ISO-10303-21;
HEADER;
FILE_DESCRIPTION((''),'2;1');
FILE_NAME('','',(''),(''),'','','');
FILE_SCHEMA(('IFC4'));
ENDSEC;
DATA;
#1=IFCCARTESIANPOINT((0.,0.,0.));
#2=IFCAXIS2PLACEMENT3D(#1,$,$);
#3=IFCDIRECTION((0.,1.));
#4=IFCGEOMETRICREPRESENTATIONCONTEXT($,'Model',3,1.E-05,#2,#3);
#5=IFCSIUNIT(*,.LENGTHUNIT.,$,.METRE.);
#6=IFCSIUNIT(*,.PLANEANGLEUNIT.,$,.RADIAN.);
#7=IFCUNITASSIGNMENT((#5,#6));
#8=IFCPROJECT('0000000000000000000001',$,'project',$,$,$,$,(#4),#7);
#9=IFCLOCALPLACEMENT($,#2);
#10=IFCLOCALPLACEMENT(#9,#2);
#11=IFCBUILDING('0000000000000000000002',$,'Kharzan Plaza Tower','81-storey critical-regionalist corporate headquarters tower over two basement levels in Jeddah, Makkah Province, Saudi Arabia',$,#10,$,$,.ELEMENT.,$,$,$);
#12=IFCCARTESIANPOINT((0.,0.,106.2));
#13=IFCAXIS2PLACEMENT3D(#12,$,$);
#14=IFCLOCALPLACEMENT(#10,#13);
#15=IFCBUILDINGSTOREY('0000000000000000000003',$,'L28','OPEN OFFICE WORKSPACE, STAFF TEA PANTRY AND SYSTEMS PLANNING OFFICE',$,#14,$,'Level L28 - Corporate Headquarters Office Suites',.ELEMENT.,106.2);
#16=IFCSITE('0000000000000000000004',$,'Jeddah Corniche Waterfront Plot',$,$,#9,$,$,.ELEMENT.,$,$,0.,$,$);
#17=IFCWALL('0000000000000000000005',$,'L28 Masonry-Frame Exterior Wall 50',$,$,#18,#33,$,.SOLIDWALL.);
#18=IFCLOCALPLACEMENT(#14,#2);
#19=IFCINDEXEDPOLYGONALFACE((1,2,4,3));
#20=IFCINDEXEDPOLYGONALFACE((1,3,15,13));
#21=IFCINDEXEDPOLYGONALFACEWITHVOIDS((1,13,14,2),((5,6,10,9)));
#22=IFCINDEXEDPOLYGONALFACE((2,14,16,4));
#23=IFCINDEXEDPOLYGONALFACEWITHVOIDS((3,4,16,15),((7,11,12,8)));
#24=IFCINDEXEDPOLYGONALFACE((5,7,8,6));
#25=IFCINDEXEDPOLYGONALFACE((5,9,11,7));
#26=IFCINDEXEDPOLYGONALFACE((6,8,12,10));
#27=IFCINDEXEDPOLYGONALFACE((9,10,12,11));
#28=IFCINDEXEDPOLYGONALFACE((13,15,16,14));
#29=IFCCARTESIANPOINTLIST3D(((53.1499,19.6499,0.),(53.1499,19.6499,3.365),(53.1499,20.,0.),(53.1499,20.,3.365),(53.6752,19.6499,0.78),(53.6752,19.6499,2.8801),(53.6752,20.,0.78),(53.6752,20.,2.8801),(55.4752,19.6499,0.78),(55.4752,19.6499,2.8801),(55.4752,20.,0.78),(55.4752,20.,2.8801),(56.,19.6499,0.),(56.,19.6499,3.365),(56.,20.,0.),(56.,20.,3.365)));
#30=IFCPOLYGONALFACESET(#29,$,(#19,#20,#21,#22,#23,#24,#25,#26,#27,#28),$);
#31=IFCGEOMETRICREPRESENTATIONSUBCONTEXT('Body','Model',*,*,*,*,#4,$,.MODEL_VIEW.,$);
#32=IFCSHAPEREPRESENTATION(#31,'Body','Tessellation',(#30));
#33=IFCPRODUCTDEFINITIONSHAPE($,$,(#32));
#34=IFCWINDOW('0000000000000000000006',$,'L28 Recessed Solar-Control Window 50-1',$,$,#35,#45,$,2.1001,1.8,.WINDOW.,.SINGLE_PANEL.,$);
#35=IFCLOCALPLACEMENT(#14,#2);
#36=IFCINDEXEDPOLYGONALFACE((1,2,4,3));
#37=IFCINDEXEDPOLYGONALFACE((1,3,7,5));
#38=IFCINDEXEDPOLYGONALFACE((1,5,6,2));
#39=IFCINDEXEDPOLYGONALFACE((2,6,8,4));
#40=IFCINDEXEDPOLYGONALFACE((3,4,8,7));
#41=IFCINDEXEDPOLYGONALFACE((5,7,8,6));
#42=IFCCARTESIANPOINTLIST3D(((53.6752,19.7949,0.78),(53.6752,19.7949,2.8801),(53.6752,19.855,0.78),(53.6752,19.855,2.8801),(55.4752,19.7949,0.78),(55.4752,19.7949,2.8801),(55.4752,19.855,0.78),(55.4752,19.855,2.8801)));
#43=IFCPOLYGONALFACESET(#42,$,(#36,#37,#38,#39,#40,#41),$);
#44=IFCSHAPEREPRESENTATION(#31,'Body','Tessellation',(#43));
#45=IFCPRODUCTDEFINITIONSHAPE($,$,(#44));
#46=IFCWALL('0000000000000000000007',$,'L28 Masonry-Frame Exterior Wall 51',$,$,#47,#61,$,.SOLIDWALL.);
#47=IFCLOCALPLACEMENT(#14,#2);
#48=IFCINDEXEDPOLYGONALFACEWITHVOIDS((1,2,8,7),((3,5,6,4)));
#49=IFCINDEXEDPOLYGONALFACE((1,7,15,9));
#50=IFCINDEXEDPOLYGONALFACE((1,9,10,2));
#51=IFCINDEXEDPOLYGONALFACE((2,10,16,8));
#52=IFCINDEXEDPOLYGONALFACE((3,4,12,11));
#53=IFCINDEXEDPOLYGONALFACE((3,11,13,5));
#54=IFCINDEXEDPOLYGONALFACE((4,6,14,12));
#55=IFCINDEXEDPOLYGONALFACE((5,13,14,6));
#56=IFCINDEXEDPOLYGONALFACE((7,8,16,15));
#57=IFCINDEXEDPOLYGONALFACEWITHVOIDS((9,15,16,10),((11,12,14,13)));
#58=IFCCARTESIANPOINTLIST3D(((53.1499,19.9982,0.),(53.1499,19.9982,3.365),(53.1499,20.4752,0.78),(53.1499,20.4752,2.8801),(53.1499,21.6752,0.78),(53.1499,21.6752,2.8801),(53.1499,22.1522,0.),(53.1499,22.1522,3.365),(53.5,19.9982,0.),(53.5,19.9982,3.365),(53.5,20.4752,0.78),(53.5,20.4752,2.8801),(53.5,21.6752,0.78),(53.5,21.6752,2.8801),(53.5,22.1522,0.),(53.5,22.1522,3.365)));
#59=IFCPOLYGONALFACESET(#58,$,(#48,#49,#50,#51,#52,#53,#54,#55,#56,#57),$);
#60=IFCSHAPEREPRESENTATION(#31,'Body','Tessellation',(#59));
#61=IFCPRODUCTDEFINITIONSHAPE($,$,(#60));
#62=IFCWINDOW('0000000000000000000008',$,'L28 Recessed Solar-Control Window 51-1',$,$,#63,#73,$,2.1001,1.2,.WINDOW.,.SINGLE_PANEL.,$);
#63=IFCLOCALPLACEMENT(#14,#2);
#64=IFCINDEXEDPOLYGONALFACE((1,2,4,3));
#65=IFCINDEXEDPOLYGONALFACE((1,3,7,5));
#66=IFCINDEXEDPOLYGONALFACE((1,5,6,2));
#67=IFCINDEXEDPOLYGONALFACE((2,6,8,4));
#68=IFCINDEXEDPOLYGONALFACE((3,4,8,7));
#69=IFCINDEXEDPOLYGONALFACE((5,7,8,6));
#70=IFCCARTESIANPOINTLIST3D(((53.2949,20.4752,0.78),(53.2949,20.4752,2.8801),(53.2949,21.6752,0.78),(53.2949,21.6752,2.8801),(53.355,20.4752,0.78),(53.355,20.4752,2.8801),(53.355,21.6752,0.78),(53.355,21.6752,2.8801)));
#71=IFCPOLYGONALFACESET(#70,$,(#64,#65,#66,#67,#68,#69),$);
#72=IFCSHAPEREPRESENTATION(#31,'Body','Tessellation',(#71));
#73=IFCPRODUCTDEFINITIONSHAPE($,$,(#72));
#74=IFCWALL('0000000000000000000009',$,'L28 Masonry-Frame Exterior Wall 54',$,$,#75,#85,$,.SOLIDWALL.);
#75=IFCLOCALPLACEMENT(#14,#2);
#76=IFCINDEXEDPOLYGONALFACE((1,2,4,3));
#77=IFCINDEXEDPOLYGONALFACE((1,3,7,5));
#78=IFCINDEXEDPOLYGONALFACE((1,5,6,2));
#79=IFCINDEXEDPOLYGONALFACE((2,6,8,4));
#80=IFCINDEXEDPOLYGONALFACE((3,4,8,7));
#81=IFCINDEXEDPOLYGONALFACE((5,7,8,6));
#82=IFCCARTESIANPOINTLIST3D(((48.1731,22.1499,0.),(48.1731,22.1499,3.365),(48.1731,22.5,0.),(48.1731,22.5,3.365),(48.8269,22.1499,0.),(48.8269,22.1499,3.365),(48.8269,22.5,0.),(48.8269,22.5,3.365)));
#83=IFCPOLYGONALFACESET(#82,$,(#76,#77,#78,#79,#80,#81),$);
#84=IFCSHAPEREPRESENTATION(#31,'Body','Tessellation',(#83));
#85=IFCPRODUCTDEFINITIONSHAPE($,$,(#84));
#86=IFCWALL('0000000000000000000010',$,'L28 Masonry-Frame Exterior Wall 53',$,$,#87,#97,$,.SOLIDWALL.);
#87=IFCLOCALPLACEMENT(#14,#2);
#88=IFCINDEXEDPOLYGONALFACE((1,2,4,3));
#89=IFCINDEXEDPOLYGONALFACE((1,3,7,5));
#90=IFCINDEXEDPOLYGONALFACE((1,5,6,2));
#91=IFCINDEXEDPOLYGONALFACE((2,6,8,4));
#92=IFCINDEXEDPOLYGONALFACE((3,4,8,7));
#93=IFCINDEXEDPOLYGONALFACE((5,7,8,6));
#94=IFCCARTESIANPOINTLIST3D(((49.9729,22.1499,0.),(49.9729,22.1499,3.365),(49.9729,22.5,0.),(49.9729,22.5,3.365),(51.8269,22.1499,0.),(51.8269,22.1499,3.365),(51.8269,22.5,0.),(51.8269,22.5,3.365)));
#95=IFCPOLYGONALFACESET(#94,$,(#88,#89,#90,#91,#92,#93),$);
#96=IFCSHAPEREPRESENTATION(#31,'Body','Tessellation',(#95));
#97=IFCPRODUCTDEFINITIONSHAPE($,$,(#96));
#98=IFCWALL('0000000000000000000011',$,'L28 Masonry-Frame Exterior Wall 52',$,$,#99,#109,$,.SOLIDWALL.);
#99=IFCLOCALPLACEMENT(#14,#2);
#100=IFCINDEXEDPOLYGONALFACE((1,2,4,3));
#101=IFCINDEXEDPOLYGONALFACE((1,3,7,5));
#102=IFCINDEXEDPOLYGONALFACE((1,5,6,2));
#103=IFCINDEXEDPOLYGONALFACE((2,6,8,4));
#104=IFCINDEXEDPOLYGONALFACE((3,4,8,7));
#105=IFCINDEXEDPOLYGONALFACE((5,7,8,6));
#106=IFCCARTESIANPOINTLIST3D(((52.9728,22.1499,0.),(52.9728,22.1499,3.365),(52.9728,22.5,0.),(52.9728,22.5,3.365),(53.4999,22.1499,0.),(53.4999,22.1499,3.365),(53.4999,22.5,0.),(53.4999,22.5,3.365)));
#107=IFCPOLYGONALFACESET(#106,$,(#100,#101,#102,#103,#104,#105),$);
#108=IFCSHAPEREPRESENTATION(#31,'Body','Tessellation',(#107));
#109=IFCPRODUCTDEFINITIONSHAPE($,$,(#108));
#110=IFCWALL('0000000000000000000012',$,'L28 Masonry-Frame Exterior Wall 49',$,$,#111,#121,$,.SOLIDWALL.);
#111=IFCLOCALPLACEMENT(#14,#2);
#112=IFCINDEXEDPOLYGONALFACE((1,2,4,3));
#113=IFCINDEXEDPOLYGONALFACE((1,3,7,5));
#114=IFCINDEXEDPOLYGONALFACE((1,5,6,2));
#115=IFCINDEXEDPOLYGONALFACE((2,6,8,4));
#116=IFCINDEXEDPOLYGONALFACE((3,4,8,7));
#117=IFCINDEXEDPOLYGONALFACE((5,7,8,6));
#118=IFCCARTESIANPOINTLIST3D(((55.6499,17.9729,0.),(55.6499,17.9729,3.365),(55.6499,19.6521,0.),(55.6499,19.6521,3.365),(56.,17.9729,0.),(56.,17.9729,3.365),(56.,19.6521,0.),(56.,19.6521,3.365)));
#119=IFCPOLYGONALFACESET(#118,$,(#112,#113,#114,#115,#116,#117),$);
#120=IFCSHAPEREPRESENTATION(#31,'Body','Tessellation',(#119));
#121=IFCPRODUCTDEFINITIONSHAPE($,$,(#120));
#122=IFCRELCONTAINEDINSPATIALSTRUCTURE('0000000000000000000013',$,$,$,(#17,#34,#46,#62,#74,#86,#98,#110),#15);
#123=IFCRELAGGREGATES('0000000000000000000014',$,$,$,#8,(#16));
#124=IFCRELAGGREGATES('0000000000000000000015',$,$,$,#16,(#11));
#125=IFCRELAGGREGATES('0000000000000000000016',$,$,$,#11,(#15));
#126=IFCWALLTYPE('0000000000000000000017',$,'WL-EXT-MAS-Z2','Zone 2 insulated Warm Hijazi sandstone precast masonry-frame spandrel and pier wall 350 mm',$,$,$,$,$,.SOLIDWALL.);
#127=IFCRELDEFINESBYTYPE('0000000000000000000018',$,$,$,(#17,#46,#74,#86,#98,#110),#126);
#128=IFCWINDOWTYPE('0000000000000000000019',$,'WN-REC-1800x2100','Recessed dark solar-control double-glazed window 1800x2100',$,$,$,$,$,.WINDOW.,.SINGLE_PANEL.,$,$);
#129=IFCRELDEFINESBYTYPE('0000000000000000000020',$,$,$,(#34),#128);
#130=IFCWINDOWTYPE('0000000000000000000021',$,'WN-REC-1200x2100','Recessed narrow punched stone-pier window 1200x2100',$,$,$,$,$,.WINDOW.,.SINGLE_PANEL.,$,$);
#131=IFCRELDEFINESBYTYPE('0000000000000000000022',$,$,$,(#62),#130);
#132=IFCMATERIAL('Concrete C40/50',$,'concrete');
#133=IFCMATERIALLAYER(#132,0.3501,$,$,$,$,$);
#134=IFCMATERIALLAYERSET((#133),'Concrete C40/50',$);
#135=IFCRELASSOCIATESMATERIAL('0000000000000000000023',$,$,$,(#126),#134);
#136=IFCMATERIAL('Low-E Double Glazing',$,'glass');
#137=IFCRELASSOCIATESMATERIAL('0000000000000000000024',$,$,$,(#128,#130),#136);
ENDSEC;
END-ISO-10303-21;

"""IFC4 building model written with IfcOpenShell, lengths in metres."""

from ifc_helpers import new_model, si_unit, direction, frame, frame_2d, origin, place, context, subcontext, project, spatial, rectangle, extrude, source, transform, mapped, material, layer, layer_set, type_object, element, fill, save


model = new_model("IFC4")

# Units and contexts
model_context = context("Model", 3, precision=1e-05, world=origin(), true_north=direction((0.0, 1.0)))
body_context = subcontext(model_context, "Body", "Model", "MODEL_VIEW")
ifc_project = project(units=[si_unit("LENGTHUNIT", "METRE"), si_unit("PLANEANGLEUNIT", "RADIAN")], contexts=[model_context])

# Site, building, storey
site_placement = place(None, origin())
site = spatial("IfcSite", under=ifc_project, at=site_placement, Name="Jeddah Corniche Waterfront Plot", CompositionType="ELEMENT", RefElevation=0.0)
building_placement = place(site_placement, origin())
building = spatial("IfcBuilding", under=site, at=building_placement, Name="Kharzan Plaza Tower", Description="81-storey critical-regionalist corporate headquarters tower over two basement levels in Jeddah, Makkah Province, Saudi Arabia", CompositionType="ELEMENT")
storey_placement = place(building_placement, frame((0.0, 0.0, 106.2)))
storey = spatial("IfcBuildingStorey", under=building, at=storey_placement, Name="L28", Description="OPEN OFFICE WORKSPACE, STAFF TEA PANTRY AND SYSTEMS PLANNING OFFICE", LongName="Level L28 - Corporate Headquarters Office Suites", CompositionType="ELEMENT", Elevation=106.2)

# Walls, openings, windows
ifc_material_1 = material(Name="Concrete C40/50", Category="concrete")
ifc_layer = layer(ifc_material_1, 0.3501)
ifc_layer_set = layer_set([ifc_layer], Name="Concrete C40/50")
wall_type = type_object("IfcWallType", Name="WL-EXT-MAS-Z2", Description="Zone 2 insulated Warm Hijazi sandstone precast masonry-frame spandrel and pier wall 350 mm", PredefinedType="SOLIDWALL", material=ifc_layer_set)
ifc_material_2 = material(Name="Low-E Double Glazing", Category="glass")
window_type_1 = type_object("IfcWindowType", Name="WN-REC-1800x2100", Description="Recessed dark solar-control double-glazed window 1800x2100", PartitioningType="SINGLE_PANEL", PredefinedType="WINDOW", material=ifc_material_2)
shared_shape_1 = source(origin(), body_context, "Body", "SweptSolid", [
    extrude(rectangle(XDim=1.8, YDim=2.1001, at=frame_2d((0.8999, 1.05))), frame((0.0, 0.03, 0.0), z_axis=(0.0, -1.0, 0.0), x_axis=(1.0, 0.0, 0.0)), (0.0, 0.0, 1.0), 0.0601),
])
wall_1_placement = place(storey_placement, frame((56.0, 19.825, 0.0), z_axis=(0.0, 0.0, 1.0), x_axis=(-1.0, 0.0, 0.0)))
wall_1 = element("IfcWall", 1, at=wall_1_placement, inside=storey, type_object=wall_type, Name="L28 Masonry-Frame Exterior Wall 50", PredefinedType="SOLIDWALL", context=body_context, shape_type="SweptSolid", body=[
    extrude(rectangle(XDim=2.8501, YDim=0.3501, at=frame_2d((1.425, 0.0))), origin(), (0.0, 0.0, 1.0), 3.365),
])
opening_1_placement = place(wall_1_placement, frame((0.5249, 0.0, 0.78)))
opening_1 = element("IfcOpeningElement", 2, at=opening_1_placement, cuts=wall_1, PredefinedType="OPENING", context=body_context, shape_type="SweptSolid", body=[
    extrude(rectangle(XDim=1.8, YDim=2.1001, at=frame_2d((0.8999, 1.05))), frame((0.0, 0.1851, 0.0), z_axis=(0.0, -1.0, 0.0), x_axis=(1.0, 0.0, 0.0)), (0.0, 0.0, 1.0), 0.3701),
])
window_1_placement = place(opening_1_placement, origin())
window_1 = element("IfcWindow", 3, at=window_1_placement, inside=storey, type_object=window_type_1, Name="L28 Recessed Solar-Control Window 50-1", OverallHeight=2.1001, OverallWidth=1.8, PartitioningType="SINGLE_PANEL", PredefinedType="WINDOW", context=body_context, shape_type="MappedRepresentation", body=[
    mapped(shared_shape_1, transform((0.0, 0.0, 0.0), x_axis=(1.0, 0.0, 0.0), y_axis=(0.0, 1.0, 0.0), z_axis=(0.0, 0.0, 1.0))),
])
fill(opening_1, window_1)
wall_2_placement = place(storey_placement, frame((53.325, 19.998, 0.0), z_axis=(0.0, 0.0, 1.0), x_axis=(0.0, 1.0, 0.0)))
wall_2 = element("IfcWall", 4, at=wall_2_placement, inside=storey, type_object=wall_type, Name="L28 Masonry-Frame Exterior Wall 51", PredefinedType="SOLIDWALL", context=body_context, shape_type="SweptSolid", body=[
    extrude(rectangle(XDim=2.1541, YDim=0.3501, at=frame_2d((1.0771, 0.0))), origin(), (0.0, 0.0, 1.0), 3.365),
])
opening_2_placement = place(wall_2_placement, frame((0.4771, 0.0, 0.78)))
opening_2 = element("IfcOpeningElement", 5, at=opening_2_placement, cuts=wall_2, PredefinedType="OPENING", context=body_context, shape_type="SweptSolid", body=[
    extrude(rectangle(XDim=1.2, YDim=2.1001, at=frame_2d((0.6001, 1.05))), frame((0.0, 0.1851, 0.0), z_axis=(0.0, -1.0, 0.0), x_axis=(1.0, 0.0, 0.0)), (0.0, 0.0, 1.0), 0.3701),
])
window_type_2 = type_object("IfcWindowType", Name="WN-REC-1200x2100", Description="Recessed narrow punched stone-pier window 1200x2100", PartitioningType="SINGLE_PANEL", PredefinedType="WINDOW", material=ifc_material_2)
shared_shape_2 = source(origin(), body_context, "Body", "SweptSolid", [
    extrude(rectangle(XDim=1.2, YDim=2.1001, at=frame_2d((0.6001, 1.05))), frame((0.0, 0.03, 0.0), z_axis=(0.0, -1.0, 0.0), x_axis=(1.0, 0.0, 0.0)), (0.0, 0.0, 1.0), 0.0601),
])
window_2_placement = place(opening_2_placement, origin())
window_2 = element("IfcWindow", 6, at=window_2_placement, inside=storey, type_object=window_type_2, Name="L28 Recessed Solar-Control Window 51-1", OverallHeight=2.1001, OverallWidth=1.2, PartitioningType="SINGLE_PANEL", PredefinedType="WINDOW", context=body_context, shape_type="MappedRepresentation", body=[
    mapped(shared_shape_2, transform((0.0, 0.0, 0.0), x_axis=(1.0, 0.0, 0.0), y_axis=(0.0, 1.0, 0.0), z_axis=(0.0, 0.0, 1.0))),
])
fill(opening_2, window_2)

# Walls
shared_shape_3 = source(origin(), body_context, "Body", "SweptSolid", [
    extrude(rectangle(XDim=0.6538, YDim=0.3501, at=frame_2d((0.3269, 0.0))), origin(), (0.0, 0.0, 1.0), 3.365),
])
wall_3_placement = place(storey_placement, frame((48.8269, 22.325, 0.0), z_axis=(0.0, 0.0, 1.0), x_axis=(-1.0, 0.0, 0.0)))
element("IfcWall", 7, at=wall_3_placement, inside=storey, type_object=wall_type, Name="L28 Masonry-Frame Exterior Wall 54", PredefinedType="SOLIDWALL", context=body_context, shape_type="MappedRepresentation", body=[
    mapped(shared_shape_3, transform((0.0, 0.0, 0.0), x_axis=(1.0, 0.0, 0.0), y_axis=(0.0, 1.0, 0.0), z_axis=(0.0, 0.0, 1.0))),
])
shared_shape_4 = source(origin(), body_context, "Body", "SweptSolid", [
    extrude(rectangle(XDim=1.854, YDim=0.3501, at=frame_2d((0.927, 0.0))), origin(), (0.0, 0.0, 1.0), 3.365),
])
wall_4_placement = place(storey_placement, frame((51.8269, 22.325, 0.0), z_axis=(0.0, 0.0, 1.0), x_axis=(-1.0, 0.0, 0.0)))
element("IfcWall", 8, at=wall_4_placement, inside=storey, type_object=wall_type, Name="L28 Masonry-Frame Exterior Wall 53", PredefinedType="SOLIDWALL", context=body_context, shape_type="MappedRepresentation", body=[
    mapped(shared_shape_4, transform((0.0, 0.0, 0.0), x_axis=(1.0, 0.0, 0.0), y_axis=(0.0, 1.0, 0.0), z_axis=(0.0, 0.0, 1.0))),
])
shared_shape_5 = source(origin(), body_context, "Body", "SweptSolid", [
    extrude(rectangle(XDim=0.5271, YDim=0.3501, at=frame_2d((0.2637, 0.0))), origin(), (0.0, 0.0, 1.0), 3.365),
])
wall_5_placement = place(storey_placement, frame((53.5, 22.325, 0.0), z_axis=(0.0, 0.0, 1.0), x_axis=(-1.0, 0.0, 0.0)))
element("IfcWall", 9, at=wall_5_placement, inside=storey, type_object=wall_type, Name="L28 Masonry-Frame Exterior Wall 52", PredefinedType="SOLIDWALL", context=body_context, shape_type="MappedRepresentation", body=[
    mapped(shared_shape_5, transform((0.0, 0.0, 0.0), x_axis=(1.0, 0.0, 0.0), y_axis=(0.0, 1.0, 0.0), z_axis=(0.0, 0.0, 1.0))),
])
shared_shape_6 = source(origin(), body_context, "Body", "SweptSolid", [
    extrude(rectangle(XDim=1.6792, YDim=0.3501, at=frame_2d((0.8396, 0.0))), origin(), (0.0, 0.0, 1.0), 3.365),
])
wall_6_placement = place(storey_placement, frame((55.825, 17.9729, 0.0), z_axis=(0.0, 0.0, 1.0), x_axis=(0.0, 1.0, 0.0)))
element("IfcWall", 10, at=wall_6_placement, inside=storey, type_object=wall_type, Name="L28 Masonry-Frame Exterior Wall 49", PredefinedType="SOLIDWALL", context=body_context, shape_type="MappedRepresentation", body=[
    mapped(shared_shape_6, transform((0.0, 0.0, 0.0), x_axis=(1.0, 0.0, 0.0), y_axis=(0.0, 1.0, 0.0), z_axis=(0.0, 0.0, 1.0))),
])

save(model, "model.ifc")
